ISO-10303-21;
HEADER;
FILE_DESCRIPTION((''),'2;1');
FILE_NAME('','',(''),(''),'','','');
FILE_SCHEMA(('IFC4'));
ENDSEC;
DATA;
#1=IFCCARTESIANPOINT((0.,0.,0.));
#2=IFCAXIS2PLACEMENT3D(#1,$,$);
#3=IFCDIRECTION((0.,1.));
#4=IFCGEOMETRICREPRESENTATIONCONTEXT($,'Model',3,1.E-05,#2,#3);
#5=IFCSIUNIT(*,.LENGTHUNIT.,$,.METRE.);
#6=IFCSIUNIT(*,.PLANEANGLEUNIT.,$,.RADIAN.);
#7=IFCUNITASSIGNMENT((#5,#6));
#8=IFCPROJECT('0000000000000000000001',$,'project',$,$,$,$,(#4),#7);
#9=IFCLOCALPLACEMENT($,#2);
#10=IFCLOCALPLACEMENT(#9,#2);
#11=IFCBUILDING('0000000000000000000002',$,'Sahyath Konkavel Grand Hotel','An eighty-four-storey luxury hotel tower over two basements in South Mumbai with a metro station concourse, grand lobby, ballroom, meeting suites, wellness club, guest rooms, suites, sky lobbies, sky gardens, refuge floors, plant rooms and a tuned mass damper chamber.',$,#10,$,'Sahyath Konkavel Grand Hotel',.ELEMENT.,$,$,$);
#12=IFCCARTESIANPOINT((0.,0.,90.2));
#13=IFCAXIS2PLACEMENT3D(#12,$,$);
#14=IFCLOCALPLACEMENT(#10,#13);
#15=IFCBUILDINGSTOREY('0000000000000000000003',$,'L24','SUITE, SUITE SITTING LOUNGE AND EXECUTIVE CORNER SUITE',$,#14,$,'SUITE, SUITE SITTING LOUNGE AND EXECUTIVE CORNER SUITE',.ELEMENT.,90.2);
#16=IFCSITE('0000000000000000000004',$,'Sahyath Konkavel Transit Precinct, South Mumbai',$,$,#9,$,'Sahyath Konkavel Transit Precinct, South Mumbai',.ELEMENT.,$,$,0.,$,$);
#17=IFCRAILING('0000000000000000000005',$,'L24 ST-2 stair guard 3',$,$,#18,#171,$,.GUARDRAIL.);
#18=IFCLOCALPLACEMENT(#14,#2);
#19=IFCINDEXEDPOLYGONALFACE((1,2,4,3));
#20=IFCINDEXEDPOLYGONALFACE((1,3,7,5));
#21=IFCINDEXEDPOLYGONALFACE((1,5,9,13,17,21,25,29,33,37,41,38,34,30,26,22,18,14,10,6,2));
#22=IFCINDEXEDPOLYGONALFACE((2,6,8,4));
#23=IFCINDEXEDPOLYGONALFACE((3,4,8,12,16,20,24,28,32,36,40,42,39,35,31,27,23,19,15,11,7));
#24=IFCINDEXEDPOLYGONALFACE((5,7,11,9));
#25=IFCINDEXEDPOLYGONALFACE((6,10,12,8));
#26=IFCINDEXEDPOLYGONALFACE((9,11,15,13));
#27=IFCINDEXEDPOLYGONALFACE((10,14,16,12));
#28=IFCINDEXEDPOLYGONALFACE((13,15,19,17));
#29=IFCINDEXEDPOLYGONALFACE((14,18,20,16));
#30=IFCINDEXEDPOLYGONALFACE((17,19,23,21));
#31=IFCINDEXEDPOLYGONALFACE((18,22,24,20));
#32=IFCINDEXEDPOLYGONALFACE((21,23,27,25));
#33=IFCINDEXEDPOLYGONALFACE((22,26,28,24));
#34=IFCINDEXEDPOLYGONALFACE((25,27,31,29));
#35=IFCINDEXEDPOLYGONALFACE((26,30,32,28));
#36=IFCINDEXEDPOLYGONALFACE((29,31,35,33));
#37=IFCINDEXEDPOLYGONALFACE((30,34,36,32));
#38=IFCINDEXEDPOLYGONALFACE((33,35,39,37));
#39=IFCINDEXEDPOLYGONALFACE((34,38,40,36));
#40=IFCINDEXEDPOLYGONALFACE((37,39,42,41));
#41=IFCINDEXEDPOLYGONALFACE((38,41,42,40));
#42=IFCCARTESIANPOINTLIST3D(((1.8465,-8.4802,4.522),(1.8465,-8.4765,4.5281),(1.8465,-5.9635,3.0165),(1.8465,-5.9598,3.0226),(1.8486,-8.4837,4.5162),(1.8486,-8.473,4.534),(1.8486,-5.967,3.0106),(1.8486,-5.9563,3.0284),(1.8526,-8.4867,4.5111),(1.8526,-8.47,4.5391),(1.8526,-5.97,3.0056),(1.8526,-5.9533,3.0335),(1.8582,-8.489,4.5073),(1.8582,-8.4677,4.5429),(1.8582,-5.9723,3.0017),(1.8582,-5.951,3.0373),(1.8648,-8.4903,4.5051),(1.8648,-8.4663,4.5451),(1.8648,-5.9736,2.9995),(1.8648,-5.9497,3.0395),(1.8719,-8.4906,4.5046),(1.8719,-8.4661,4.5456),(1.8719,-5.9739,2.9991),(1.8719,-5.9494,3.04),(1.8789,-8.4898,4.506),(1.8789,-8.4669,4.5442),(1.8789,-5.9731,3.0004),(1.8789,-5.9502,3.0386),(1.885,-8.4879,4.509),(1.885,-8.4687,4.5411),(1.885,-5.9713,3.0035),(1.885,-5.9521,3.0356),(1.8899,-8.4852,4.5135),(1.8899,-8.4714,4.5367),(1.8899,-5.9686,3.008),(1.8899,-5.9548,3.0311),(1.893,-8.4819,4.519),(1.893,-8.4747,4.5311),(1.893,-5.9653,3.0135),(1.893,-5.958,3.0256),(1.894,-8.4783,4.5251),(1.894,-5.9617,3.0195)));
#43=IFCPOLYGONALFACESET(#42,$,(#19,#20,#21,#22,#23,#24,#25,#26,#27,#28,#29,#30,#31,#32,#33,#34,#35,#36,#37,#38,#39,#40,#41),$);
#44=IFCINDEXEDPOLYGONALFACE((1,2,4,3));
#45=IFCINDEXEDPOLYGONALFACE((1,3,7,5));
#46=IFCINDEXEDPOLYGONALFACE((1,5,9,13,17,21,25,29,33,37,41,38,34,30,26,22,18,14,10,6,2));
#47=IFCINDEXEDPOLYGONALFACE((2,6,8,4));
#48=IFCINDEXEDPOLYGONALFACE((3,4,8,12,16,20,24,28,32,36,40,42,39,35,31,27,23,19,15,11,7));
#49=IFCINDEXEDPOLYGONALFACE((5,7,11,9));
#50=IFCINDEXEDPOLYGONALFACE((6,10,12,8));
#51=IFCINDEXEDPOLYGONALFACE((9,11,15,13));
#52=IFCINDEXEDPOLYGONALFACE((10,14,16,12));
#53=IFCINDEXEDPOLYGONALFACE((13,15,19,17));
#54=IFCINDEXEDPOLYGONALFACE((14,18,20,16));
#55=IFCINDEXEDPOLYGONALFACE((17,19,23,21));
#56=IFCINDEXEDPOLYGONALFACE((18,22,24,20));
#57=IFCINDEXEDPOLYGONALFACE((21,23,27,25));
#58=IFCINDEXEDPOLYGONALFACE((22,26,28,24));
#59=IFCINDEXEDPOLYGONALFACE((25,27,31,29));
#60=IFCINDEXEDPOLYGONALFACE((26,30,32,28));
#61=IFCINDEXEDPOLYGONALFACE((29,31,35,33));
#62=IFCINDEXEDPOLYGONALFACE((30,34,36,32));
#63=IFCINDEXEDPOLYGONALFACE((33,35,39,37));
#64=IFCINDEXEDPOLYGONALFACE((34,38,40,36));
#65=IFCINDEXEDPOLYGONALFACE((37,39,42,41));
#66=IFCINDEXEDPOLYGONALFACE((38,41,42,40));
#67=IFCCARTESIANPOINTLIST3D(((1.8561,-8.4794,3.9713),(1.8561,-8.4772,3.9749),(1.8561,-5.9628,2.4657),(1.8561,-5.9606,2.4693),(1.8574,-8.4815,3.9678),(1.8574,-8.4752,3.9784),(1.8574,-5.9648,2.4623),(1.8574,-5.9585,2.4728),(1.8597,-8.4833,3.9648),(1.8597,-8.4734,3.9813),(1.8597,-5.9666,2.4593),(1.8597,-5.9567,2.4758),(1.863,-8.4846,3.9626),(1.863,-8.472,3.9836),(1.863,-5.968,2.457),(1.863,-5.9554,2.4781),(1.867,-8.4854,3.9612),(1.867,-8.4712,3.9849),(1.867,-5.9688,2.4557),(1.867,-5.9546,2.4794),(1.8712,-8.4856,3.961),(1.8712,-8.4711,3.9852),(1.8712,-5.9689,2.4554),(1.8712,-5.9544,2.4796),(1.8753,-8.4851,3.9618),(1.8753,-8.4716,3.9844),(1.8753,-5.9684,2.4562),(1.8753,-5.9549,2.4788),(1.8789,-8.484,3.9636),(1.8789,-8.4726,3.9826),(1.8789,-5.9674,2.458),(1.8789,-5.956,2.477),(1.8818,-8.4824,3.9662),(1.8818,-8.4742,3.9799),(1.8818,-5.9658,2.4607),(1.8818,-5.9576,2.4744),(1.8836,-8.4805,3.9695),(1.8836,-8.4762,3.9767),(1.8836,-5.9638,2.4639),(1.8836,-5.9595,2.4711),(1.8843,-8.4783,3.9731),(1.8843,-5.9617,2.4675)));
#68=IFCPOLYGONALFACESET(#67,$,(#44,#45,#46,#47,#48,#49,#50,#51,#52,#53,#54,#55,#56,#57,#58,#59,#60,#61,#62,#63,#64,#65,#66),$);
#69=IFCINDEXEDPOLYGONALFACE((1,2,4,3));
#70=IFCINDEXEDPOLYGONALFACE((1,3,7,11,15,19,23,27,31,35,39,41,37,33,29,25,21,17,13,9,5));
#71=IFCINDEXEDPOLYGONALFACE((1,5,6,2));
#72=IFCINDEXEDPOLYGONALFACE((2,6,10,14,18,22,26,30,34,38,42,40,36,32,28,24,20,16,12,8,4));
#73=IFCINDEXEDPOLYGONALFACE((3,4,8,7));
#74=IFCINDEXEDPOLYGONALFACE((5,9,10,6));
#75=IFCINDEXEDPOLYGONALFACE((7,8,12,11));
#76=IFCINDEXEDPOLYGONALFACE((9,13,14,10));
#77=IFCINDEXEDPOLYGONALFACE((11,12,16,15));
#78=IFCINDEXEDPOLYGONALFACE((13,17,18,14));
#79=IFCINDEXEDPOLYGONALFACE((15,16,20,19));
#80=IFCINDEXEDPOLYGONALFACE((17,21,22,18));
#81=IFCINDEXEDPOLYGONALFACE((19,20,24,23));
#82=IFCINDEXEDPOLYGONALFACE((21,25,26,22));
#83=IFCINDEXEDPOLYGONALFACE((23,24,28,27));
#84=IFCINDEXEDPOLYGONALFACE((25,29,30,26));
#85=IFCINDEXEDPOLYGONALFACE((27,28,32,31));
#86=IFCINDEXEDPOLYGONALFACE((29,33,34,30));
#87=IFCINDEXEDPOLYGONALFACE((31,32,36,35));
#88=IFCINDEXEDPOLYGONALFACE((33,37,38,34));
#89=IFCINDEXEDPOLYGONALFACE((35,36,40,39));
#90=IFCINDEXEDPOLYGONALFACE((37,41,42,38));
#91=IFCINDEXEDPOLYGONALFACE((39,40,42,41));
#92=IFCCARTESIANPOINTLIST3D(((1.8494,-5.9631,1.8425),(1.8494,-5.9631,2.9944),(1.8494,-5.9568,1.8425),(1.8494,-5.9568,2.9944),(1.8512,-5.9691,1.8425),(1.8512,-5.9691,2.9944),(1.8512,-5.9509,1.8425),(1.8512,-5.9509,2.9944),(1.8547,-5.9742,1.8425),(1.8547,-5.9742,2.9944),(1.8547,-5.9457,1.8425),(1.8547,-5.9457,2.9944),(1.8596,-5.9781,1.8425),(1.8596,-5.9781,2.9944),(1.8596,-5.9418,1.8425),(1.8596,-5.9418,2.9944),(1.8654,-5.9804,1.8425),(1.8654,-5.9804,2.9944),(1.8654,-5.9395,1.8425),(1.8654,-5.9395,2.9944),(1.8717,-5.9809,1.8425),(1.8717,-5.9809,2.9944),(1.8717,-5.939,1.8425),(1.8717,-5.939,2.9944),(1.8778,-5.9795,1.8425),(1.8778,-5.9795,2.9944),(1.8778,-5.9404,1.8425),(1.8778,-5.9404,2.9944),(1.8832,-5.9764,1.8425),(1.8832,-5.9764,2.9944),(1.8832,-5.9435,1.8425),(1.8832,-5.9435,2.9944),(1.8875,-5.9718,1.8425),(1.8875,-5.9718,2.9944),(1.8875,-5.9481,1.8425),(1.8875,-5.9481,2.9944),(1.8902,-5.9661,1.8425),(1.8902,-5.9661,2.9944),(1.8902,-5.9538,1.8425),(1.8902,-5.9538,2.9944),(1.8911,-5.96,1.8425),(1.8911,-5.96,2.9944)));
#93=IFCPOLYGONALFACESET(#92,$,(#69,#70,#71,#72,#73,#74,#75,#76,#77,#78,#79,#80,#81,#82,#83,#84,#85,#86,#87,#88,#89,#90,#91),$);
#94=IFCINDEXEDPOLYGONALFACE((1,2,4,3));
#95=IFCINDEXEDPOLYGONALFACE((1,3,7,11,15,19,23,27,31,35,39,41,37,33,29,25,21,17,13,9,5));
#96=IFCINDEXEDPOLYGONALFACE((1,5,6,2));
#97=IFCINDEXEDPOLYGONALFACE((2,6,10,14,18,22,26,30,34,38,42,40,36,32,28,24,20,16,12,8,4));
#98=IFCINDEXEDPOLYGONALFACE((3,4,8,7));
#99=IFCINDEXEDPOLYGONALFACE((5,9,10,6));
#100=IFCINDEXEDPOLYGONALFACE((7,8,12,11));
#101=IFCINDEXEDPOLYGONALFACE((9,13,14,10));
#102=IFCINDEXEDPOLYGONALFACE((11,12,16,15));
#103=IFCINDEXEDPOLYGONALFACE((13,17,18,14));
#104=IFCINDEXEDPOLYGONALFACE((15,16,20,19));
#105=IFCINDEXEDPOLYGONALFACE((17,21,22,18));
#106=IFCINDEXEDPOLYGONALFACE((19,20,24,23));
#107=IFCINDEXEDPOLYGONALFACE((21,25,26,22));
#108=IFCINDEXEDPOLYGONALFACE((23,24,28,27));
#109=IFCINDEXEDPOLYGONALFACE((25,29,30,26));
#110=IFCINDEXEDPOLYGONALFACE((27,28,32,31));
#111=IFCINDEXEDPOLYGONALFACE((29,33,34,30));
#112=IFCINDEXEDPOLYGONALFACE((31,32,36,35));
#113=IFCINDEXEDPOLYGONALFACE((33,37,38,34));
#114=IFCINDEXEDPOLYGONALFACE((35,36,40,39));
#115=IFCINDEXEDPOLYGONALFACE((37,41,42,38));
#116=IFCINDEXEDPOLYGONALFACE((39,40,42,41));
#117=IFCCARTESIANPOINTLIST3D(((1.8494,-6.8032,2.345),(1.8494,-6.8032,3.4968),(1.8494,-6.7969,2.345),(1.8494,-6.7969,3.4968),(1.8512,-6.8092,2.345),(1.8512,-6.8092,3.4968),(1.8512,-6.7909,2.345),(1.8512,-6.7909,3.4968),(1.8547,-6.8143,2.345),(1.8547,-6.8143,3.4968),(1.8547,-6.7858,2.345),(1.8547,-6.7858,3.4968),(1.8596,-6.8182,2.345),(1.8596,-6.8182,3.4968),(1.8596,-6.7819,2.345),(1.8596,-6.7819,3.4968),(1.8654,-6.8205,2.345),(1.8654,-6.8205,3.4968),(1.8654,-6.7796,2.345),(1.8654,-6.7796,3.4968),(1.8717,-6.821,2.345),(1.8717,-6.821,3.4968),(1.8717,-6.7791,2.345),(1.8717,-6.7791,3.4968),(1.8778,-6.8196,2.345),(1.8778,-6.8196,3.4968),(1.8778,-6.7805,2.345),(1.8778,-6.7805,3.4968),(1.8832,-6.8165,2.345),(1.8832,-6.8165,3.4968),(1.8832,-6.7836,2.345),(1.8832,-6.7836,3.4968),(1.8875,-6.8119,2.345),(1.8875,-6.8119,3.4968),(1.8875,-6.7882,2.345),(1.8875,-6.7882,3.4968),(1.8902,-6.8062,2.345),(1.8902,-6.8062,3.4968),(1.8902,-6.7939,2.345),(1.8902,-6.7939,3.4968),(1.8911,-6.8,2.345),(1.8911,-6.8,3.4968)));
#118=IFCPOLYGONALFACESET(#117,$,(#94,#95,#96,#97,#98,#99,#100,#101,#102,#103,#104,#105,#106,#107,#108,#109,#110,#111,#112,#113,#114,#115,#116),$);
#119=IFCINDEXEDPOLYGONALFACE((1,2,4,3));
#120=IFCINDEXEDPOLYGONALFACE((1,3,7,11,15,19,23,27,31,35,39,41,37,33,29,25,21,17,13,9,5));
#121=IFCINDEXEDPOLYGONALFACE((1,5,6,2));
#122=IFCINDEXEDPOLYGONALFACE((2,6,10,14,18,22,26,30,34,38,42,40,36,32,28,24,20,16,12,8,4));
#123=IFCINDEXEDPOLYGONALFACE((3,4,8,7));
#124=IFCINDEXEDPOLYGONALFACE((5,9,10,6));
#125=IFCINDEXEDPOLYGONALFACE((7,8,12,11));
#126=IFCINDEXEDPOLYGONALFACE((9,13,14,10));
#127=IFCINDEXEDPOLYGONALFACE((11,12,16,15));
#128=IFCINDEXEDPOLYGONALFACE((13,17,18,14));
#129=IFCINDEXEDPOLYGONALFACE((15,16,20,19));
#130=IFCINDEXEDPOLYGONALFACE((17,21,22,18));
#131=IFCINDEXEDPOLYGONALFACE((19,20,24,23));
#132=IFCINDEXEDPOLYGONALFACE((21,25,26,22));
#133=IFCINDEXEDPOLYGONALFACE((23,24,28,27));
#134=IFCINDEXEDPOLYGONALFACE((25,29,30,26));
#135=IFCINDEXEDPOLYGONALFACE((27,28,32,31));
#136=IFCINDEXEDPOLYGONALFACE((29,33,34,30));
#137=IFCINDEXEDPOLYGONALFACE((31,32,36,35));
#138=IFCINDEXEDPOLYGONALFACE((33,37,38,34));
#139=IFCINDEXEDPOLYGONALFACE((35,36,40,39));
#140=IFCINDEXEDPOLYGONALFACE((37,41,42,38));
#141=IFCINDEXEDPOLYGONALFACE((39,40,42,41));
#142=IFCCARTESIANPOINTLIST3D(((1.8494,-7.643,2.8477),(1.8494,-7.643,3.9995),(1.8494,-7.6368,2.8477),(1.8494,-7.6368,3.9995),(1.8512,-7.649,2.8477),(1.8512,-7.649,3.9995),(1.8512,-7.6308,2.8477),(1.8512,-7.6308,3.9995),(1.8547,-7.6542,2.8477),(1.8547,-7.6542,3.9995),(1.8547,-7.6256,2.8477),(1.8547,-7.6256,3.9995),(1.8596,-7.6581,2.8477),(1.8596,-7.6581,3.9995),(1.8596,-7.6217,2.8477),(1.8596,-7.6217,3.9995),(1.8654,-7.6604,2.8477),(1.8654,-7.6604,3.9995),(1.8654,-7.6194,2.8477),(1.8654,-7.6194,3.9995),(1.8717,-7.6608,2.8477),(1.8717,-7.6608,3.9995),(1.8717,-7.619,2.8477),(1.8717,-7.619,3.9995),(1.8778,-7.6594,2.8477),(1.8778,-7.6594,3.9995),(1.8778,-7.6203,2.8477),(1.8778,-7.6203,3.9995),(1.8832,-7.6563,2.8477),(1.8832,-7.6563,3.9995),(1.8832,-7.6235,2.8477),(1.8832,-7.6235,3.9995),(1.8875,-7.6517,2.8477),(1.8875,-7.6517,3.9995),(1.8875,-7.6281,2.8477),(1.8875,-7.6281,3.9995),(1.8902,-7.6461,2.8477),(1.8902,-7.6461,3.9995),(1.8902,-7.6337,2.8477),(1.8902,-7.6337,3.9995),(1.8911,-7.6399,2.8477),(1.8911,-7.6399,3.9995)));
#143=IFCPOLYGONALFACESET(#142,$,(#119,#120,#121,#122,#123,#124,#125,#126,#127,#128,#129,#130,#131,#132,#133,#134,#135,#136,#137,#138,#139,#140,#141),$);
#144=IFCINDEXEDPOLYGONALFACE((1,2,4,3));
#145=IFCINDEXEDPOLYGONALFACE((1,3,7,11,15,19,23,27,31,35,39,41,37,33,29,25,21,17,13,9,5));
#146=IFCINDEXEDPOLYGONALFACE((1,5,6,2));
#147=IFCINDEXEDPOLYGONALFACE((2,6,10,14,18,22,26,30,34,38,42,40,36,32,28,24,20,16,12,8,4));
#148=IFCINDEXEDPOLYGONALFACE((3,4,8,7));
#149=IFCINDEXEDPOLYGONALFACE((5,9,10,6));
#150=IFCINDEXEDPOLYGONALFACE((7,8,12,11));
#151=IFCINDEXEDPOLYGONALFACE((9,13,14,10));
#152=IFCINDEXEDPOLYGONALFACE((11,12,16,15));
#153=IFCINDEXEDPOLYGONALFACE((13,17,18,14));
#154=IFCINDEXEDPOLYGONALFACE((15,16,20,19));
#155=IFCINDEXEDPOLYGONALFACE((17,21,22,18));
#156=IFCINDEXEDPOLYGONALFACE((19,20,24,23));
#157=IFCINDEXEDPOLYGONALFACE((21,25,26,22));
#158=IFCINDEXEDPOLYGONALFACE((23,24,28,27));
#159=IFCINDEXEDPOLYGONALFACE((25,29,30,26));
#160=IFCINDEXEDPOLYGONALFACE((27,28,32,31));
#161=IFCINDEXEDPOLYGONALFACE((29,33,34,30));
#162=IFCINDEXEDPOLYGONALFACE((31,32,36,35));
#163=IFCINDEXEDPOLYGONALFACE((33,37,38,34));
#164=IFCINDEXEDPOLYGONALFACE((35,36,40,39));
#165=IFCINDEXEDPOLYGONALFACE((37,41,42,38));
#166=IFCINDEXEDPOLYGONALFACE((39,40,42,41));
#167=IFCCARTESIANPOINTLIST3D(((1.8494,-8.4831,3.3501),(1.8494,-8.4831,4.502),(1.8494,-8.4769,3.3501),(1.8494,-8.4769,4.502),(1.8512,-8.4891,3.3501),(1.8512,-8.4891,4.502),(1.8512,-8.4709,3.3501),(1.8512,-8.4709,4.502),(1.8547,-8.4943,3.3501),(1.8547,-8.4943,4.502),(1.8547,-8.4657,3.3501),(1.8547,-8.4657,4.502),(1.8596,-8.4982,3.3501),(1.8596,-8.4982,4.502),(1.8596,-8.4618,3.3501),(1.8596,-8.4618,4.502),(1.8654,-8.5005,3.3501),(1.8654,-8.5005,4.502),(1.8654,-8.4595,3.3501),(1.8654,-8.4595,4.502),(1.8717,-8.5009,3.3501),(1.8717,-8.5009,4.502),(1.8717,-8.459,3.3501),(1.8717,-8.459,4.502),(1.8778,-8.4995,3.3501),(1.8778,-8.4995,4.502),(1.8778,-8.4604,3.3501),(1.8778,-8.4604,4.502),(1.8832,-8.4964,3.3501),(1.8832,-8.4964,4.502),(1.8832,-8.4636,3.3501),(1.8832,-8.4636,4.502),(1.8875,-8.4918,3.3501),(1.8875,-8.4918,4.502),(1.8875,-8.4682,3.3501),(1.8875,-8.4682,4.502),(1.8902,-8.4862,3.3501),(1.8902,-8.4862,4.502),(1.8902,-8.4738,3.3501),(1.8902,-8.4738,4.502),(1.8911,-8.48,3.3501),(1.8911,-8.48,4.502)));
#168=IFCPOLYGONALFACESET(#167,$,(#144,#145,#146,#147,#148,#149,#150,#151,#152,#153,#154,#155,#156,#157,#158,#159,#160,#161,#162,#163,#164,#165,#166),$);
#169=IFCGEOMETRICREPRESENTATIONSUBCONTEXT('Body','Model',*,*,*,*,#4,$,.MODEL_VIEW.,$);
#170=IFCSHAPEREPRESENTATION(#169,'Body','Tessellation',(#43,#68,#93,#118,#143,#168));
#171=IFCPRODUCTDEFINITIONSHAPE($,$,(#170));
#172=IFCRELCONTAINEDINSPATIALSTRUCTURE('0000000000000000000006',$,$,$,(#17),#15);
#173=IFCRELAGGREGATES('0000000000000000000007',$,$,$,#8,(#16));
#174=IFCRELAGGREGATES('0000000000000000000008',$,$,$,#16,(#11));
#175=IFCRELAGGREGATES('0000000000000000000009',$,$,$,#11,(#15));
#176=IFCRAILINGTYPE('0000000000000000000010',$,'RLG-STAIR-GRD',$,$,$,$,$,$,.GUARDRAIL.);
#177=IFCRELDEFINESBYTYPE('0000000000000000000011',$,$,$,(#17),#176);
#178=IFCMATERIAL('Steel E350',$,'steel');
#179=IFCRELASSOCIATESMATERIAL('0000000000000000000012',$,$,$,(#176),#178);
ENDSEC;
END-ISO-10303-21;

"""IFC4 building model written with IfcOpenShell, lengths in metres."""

from ifc_helpers import new_model, si_unit, direction, frame, origin, origin_2d, place, context, subcontext, project, spatial, circle, extrude, material, type_object, element, save


model = new_model("IFC4")

# Units and contexts
model_context = context("Model", 3, precision=1e-05, world=origin(), true_north=direction((0.0, 1.0)))
body_context = subcontext(model_context, "Body", "Model", "MODEL_VIEW")
ifc_project = project(units=[si_unit("LENGTHUNIT", "METRE"), si_unit("PLANEANGLEUNIT", "RADIAN")], contexts=[model_context])

# Site, building, storey
site_placement = place(None, origin())
site = spatial("IfcSite", under=ifc_project, at=site_placement, Name="Sahyath Konkavel Transit Precinct, South Mumbai", LongName="Sahyath Konkavel Transit Precinct, South Mumbai", CompositionType="ELEMENT", RefElevation=0.0)
building_placement = place(site_placement, origin())
building = spatial("IfcBuilding", under=site, at=building_placement, Name="Sahyath Konkavel Grand Hotel", Description="An eighty-four-storey luxury hotel tower over two basements in South Mumbai with a metro station concourse, grand lobby, ballroom, meeting suites, wellness club, guest rooms, suites, sky lobbies, sky gardens, refuge floors, plant rooms and a tuned mass damper chamber.", LongName="Sahyath Konkavel Grand Hotel", CompositionType="ELEMENT")
storey_placement = place(building_placement, frame((0.0, 0.0, 90.2)))
storey = spatial("IfcBuildingStorey", under=building, at=storey_placement, Name="L24", Description="SUITE, SUITE SITTING LOUNGE AND EXECUTIVE CORNER SUITE", LongName="SUITE, SUITE SITTING LOUNGE AND EXECUTIVE CORNER SUITE", CompositionType="ELEMENT", Elevation=90.2)

# Shared definitions
ifc_material_1 = material(Name="Steel E350", Category="steel")

# Railing
railing_type_1 = type_object("IfcRailingType", Name="RLG-STAIR-GRD", PredefinedType="GUARDRAIL", material=ifc_material_1)
railing_1_placement = place(storey_placement, frame((1.8701, -5.96, 1.8425)))
element("IfcRailing", 1, at=railing_1_placement, inside=storey, type_object=railing_type_1, Name="L24 ST-2 stair guard 3", PredefinedType="GUARDRAIL", context=body_context, shape_type="SweptSolid", body=[
    extrude(circle(Radius=0.0239, at=origin_2d()), frame((0.0, -0.0017, 1.177), z_axis=(0.0, -0.85816, 0.513383), x_axis=(1.0, 0.0, 0.0)), (0.0, 0.0, 1.0), 2.9326),
    extrude(circle(Radius=0.0142, at=origin_2d()), frame((0.0, -0.0017, 0.625), z_axis=(0.0, -0.85816, 0.513383), x_axis=(1.0, 0.0, 0.0)), (0.0, 0.0, 1.0), 2.9326),
    extrude(circle(Radius=0.021, at=origin_2d()), origin(), (0.0, 0.0, 1.0), 1.1519),
    extrude(circle(Radius=0.021, at=origin_2d()), frame((0.0, -0.8401, 0.5024)), (0.0, 0.0, 1.0), 1.1519),
    extrude(circle(Radius=0.021, at=origin_2d()), frame((0.0, -1.6799, 1.0051)), (0.0, 0.0, 1.0), 1.1519),
    extrude(circle(Radius=0.021, at=origin_2d()), frame((0.0, -2.52, 1.5076)), (0.0, 0.0, 1.0), 1.1519),
])

save(model, "model.ifc")
